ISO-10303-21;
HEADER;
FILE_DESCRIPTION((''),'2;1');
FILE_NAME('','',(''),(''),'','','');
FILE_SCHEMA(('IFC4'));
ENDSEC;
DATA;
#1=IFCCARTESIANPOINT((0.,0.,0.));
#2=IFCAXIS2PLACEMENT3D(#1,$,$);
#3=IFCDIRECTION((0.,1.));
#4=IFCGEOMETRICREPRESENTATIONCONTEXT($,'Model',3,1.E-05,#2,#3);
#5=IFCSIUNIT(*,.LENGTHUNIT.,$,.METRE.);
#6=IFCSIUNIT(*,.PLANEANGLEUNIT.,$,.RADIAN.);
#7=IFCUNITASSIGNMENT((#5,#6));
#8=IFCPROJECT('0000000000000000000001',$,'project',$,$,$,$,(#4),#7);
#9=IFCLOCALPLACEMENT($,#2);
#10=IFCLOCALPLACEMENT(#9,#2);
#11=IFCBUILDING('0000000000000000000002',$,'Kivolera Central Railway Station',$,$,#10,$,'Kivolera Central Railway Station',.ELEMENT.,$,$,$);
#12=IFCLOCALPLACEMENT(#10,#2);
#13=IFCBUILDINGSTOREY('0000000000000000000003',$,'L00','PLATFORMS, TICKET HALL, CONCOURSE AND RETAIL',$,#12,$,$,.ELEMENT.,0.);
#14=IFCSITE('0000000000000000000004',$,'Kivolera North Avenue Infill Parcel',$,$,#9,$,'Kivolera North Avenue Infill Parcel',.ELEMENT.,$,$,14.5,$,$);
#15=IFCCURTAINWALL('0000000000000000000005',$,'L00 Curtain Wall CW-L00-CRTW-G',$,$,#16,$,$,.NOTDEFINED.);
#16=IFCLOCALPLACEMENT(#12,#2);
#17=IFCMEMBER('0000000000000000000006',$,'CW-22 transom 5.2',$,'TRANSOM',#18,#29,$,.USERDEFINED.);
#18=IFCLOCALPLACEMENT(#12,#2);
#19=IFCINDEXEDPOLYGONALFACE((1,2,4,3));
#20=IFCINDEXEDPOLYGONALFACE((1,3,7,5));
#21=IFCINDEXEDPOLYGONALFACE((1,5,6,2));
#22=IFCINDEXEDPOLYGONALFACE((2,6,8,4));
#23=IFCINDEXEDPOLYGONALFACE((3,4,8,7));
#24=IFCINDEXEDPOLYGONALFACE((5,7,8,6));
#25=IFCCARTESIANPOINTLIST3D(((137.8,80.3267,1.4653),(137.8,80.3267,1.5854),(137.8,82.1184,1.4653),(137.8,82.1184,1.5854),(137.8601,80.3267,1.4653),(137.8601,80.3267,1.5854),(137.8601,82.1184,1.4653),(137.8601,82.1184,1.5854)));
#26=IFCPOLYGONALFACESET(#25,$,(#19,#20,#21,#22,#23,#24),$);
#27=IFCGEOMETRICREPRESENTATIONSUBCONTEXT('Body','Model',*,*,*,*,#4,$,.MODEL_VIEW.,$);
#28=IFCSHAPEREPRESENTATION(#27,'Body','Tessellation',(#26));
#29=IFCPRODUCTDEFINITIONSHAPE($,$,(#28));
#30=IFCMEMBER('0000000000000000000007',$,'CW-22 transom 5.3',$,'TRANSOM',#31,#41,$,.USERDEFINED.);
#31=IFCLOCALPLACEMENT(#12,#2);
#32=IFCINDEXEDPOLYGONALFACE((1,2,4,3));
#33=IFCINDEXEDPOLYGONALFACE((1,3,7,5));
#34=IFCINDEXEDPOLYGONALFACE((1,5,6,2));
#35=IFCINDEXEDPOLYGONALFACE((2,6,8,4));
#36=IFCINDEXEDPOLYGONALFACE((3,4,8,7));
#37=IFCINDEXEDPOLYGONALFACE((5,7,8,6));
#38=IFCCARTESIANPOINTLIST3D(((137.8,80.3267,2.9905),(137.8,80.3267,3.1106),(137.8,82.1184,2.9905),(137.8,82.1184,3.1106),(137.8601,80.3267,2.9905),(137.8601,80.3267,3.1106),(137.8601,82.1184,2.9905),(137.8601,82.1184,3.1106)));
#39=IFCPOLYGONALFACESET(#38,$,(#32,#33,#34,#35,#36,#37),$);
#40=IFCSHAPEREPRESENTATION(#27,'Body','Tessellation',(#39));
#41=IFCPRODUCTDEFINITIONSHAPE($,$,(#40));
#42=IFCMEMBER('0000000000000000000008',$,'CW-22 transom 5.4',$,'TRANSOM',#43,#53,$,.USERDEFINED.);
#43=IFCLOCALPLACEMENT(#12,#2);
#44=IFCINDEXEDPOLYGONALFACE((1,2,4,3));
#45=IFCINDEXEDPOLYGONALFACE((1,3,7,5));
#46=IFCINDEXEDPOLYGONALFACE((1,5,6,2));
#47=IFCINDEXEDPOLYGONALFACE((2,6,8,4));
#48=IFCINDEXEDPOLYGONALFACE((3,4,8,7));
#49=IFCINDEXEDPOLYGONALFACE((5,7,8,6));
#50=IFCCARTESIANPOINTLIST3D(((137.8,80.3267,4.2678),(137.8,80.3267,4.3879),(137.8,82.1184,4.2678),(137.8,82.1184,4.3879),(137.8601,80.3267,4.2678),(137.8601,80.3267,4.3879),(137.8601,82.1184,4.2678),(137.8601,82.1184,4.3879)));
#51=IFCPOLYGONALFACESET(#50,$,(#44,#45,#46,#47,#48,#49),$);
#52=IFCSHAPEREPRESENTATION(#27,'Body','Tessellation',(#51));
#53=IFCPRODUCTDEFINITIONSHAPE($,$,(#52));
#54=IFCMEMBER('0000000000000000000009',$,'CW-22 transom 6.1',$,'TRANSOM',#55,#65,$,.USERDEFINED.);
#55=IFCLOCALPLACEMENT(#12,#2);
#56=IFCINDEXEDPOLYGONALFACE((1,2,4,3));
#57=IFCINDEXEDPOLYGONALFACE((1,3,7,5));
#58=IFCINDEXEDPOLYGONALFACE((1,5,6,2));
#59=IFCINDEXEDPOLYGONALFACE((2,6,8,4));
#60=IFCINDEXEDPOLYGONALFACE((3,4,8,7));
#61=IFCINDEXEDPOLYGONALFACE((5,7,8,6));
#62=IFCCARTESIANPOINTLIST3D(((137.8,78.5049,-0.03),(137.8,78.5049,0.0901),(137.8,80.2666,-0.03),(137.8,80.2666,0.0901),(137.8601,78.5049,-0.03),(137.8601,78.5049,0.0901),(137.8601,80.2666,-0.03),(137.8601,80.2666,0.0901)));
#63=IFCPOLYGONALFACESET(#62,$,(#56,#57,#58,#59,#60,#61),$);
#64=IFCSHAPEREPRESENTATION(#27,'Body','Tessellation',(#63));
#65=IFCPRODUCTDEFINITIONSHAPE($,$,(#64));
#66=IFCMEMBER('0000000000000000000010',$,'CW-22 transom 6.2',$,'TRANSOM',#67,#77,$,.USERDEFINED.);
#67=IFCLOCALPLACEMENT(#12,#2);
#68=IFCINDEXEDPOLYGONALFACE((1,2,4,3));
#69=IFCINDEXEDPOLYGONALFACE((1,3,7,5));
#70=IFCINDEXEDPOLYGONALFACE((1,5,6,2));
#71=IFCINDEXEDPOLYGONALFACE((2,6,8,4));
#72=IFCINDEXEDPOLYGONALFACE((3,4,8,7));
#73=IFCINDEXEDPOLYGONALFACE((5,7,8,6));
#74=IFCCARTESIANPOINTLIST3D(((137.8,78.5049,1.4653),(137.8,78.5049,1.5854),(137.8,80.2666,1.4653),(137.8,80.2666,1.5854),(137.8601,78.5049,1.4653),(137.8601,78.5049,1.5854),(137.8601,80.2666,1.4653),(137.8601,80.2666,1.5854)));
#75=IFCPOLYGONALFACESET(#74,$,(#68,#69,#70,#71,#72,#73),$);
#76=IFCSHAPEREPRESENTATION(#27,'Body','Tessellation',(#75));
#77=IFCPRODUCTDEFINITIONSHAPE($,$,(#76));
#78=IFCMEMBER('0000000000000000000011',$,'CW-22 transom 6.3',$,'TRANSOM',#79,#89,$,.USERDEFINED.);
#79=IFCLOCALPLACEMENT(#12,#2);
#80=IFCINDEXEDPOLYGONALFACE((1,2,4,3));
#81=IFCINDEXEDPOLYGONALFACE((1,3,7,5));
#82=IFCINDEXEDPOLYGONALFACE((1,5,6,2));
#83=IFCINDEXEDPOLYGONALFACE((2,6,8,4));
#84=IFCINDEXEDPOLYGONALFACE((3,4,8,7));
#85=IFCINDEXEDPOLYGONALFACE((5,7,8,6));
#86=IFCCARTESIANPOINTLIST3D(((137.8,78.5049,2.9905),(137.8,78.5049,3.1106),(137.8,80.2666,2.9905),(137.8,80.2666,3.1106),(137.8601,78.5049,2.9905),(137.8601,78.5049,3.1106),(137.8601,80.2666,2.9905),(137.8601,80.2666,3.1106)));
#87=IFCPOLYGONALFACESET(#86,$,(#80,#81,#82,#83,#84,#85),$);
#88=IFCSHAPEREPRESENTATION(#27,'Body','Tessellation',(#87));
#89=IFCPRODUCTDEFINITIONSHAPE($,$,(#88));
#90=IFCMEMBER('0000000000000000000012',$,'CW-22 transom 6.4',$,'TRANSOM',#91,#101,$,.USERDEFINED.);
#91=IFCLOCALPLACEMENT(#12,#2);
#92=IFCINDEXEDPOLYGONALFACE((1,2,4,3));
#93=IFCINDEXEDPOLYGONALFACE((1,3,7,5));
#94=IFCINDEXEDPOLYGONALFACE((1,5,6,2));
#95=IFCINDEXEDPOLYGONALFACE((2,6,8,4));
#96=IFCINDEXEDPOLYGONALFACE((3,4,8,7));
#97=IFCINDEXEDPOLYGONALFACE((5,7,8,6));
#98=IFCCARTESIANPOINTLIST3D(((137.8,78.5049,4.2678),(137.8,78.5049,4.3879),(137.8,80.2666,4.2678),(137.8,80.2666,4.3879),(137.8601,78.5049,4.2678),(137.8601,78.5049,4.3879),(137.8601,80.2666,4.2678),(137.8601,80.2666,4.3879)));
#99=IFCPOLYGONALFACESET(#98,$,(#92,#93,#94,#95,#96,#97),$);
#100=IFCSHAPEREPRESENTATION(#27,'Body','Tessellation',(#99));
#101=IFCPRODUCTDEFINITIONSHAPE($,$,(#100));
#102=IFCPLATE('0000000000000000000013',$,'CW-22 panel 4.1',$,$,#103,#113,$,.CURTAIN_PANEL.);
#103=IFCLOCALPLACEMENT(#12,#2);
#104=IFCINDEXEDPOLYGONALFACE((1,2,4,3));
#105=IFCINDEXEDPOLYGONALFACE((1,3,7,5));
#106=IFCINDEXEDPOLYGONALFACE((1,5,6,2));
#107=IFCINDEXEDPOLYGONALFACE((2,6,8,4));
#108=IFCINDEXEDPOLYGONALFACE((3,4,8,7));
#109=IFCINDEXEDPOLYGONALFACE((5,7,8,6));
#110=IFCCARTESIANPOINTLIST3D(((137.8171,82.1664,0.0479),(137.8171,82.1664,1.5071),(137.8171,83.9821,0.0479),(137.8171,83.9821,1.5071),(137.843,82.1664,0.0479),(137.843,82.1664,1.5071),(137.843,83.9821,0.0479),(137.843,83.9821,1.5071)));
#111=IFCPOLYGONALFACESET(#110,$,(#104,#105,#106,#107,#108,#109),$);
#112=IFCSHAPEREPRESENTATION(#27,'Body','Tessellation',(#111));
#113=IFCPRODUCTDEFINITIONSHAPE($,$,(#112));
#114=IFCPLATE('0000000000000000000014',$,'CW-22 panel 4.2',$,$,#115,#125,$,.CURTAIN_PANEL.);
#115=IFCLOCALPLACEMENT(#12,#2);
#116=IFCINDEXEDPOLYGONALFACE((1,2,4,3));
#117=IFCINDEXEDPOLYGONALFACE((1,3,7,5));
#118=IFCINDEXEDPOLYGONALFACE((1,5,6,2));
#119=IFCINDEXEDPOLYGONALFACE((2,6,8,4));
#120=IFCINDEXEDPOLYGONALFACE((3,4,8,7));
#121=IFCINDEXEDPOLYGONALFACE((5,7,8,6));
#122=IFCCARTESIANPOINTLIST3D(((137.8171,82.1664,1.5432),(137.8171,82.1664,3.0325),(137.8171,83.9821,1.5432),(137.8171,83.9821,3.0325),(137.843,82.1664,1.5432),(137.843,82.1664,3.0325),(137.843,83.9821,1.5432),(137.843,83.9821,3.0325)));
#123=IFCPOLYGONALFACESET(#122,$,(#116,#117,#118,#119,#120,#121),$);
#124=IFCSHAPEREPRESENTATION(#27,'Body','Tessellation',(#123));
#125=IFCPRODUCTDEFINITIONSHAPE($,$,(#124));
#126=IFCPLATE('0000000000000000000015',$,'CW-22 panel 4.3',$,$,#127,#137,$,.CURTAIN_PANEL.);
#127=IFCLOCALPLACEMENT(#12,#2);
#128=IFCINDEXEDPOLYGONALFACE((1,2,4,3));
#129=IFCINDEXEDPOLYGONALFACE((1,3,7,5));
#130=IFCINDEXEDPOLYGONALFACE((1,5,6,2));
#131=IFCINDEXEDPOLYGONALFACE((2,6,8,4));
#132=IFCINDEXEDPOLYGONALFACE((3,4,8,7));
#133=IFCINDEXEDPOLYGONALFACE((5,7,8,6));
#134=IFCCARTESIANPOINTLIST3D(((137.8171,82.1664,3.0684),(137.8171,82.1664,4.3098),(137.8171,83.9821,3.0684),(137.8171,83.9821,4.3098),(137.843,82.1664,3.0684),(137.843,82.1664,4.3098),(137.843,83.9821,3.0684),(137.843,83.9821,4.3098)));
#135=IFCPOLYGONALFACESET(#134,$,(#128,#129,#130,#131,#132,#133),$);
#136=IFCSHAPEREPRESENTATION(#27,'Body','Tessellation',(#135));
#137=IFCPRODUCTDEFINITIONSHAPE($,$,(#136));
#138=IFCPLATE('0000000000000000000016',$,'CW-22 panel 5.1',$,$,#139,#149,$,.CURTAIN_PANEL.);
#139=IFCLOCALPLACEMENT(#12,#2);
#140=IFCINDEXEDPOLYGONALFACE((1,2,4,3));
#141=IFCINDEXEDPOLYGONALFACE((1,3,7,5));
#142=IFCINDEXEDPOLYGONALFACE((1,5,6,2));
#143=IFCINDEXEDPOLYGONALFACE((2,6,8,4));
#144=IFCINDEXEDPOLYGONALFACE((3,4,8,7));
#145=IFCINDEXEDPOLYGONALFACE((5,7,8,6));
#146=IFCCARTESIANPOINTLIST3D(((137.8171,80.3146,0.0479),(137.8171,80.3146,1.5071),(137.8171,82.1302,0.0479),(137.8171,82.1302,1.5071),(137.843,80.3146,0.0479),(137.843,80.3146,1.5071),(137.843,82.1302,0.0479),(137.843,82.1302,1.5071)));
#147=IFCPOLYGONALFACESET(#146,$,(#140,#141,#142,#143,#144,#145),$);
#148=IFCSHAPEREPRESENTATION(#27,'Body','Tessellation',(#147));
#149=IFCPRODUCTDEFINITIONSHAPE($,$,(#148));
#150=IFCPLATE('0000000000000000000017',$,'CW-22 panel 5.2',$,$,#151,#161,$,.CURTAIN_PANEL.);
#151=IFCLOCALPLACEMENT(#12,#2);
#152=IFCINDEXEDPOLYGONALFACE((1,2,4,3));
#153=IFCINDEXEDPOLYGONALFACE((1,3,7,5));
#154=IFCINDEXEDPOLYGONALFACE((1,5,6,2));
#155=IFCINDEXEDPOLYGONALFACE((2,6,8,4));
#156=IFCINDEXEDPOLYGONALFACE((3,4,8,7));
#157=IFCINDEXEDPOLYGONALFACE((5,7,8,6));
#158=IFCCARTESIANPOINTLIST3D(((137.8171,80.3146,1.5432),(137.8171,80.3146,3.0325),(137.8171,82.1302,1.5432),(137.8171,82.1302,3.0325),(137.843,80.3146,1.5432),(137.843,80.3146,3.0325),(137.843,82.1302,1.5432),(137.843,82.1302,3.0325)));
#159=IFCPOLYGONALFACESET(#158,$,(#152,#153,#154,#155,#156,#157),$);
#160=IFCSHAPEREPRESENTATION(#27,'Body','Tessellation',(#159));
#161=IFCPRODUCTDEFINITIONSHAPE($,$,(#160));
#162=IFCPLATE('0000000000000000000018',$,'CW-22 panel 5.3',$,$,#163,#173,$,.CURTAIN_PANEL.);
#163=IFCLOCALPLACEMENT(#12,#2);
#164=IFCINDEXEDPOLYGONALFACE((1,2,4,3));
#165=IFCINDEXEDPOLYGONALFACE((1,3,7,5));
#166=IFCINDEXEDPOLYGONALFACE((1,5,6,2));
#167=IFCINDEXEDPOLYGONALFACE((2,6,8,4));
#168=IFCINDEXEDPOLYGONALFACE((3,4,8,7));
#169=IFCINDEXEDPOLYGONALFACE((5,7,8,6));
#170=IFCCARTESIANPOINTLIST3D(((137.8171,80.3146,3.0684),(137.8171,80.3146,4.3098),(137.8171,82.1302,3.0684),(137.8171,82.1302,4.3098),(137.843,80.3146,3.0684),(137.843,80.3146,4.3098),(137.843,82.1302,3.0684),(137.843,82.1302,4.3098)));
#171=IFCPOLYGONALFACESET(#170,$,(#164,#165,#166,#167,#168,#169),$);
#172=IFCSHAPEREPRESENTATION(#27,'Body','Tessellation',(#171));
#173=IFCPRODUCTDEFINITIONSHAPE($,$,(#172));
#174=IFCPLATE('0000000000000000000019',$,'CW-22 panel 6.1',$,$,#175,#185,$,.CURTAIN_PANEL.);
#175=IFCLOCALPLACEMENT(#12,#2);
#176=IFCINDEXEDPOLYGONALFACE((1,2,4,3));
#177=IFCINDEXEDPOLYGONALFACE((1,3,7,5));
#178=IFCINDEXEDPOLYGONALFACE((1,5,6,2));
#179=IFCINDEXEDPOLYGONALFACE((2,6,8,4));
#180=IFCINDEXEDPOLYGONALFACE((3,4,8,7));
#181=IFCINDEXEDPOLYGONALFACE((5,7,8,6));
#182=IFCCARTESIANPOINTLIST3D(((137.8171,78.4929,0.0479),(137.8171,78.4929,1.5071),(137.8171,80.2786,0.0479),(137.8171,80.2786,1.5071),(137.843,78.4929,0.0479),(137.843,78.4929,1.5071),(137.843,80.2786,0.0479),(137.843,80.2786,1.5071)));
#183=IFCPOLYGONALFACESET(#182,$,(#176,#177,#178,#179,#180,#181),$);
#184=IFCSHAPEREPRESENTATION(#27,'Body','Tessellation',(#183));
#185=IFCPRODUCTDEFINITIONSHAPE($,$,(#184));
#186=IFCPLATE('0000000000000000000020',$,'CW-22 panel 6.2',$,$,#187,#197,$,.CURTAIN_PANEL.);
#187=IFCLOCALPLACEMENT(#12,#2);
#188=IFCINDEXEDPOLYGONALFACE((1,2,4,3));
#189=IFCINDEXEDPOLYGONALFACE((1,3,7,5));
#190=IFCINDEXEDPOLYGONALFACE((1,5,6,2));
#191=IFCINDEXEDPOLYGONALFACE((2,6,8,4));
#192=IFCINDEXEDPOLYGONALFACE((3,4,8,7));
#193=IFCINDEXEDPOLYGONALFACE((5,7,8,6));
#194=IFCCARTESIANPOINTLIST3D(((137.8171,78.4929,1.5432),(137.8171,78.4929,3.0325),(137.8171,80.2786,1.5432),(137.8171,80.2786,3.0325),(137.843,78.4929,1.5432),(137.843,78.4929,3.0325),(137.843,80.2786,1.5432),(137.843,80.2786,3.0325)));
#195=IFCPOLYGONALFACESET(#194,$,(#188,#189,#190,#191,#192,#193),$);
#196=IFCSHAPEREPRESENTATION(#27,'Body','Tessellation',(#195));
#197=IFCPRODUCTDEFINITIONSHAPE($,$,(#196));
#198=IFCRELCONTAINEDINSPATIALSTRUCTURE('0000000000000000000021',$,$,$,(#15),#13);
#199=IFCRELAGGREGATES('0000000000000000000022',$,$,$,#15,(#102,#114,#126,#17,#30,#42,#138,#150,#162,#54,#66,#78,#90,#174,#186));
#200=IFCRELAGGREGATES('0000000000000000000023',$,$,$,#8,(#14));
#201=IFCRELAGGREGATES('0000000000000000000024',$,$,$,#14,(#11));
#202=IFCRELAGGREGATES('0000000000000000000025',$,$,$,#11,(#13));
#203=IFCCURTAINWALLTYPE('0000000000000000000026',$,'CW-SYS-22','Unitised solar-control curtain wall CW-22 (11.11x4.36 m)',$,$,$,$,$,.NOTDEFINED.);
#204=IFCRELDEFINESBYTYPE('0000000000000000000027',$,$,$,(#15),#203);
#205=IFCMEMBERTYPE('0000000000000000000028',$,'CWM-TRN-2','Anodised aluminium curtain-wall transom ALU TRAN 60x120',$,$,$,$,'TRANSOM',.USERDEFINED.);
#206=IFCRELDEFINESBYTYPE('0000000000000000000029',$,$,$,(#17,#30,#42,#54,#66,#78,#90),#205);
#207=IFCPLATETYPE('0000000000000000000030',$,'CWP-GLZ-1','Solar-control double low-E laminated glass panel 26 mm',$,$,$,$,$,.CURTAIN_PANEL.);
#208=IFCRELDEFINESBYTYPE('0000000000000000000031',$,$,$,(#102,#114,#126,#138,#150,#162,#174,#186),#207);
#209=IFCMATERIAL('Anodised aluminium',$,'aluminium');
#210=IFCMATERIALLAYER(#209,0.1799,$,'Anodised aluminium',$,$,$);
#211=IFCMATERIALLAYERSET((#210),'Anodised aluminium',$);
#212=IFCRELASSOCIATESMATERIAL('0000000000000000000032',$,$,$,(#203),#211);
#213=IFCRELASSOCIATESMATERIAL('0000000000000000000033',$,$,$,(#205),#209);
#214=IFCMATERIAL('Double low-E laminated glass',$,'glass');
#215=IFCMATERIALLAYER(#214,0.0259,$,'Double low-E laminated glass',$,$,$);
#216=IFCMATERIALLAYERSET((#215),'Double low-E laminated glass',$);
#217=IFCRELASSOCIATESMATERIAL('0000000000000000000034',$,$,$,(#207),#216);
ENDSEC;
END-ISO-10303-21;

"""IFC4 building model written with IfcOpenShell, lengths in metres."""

from ifc_helpers import new_model, si_unit, direction, frame, origin, origin_2d, place, context, subcontext, project, spatial, rectangle, extrude, material, layer, layer_set, material_profile, profile_set, type_object, element, aggregate, save


model = new_model("IFC4")

# Units and contexts
model_context = context("Model", 3, precision=1e-05, world=origin(), true_north=direction((0.0, 1.0)))
body_context = subcontext(model_context, "Body", "Model", "MODEL_VIEW")
ifc_project = project(units=[si_unit("LENGTHUNIT", "METRE"), si_unit("PLANEANGLEUNIT", "RADIAN")], contexts=[model_context])

# Site, building, storey
site_placement = place(None, origin())
site = spatial("IfcSite", under=ifc_project, at=site_placement, Name="Kivolera North Avenue Infill Parcel", LongName="Kivolera North Avenue Infill Parcel", CompositionType="ELEMENT", RefElevation=14.5)
building_placement = place(site_placement, origin())
building = spatial("IfcBuilding", under=site, at=building_placement, Name="Kivolera Central Railway Station", LongName="Kivolera Central Railway Station", CompositionType="ELEMENT")
storey_placement = place(building_placement, origin())
storey = spatial("IfcBuildingStorey", under=building, at=storey_placement, Name="L00", Description="PLATFORMS, TICKET HALL, CONCOURSE AND RETAIL", CompositionType="ELEMENT", Elevation=0.0)

# Curtain wall, members, plates
ifc_material_1 = material(Name="Anodised aluminium", Category="aluminium")
ifc_layer_1 = layer(ifc_material_1, 0.1799, Name="Anodised aluminium")
ifc_layer_set_1 = layer_set([ifc_layer_1], Name="Anodised aluminium")
curtain_wall_type = type_object("IfcCurtainWallType", Name="CW-SYS-22", Description="Unitised solar-control curtain wall CW-22 (11.11x4.36 m)", PredefinedType="NOTDEFINED", material=ifc_layer_set_1)
curtain_wall_placement = place(storey_placement, origin())
curtain_wall = element("IfcCurtainWall", 1, at=curtain_wall_placement, inside=storey, type_object=curtain_wall_type, Name="L00 Curtain Wall CW-L00-CRTW-G", PredefinedType="NOTDEFINED")
ifc_material_profile_1 = material_profile(ifc_material_1, rectangle(XDim=0.0601, YDim=0.1201, at=origin_2d()), Name="ALU TRAN 60x120")
ifc_profile_set_1 = profile_set([ifc_material_profile_1], Name="Anodised aluminium")
member_type_1 = type_object("IfcMemberType", Name="CWM-TRN-2", Description="Anodised aluminium curtain-wall transom ALU TRAN 60x120", ElementType="TRANSOM", PredefinedType="USERDEFINED", material=ifc_profile_set_1)
member_1_placement = place(storey_placement, frame((137.8301, 82.1184, 1.5254), z_axis=(0.0, -1.0, 0.0), x_axis=(1.0, 0.0, 0.0)))
member_1 = element("IfcMember", 2, at=member_1_placement, type_object=member_type_1, Name="CW-22 transom 5.2", ObjectType="TRANSOM", PredefinedType="USERDEFINED", context=body_context, shape_type="SweptSolid", body=[
    extrude(rectangle(XDim=0.0601, YDim=0.1201, at=origin_2d()), origin(), (0.0, 0.0, 1.0), 1.7917),
])
member_2_placement = place(storey_placement, frame((137.8301, 82.1184, 3.0505), z_axis=(0.0, -1.0, 0.0), x_axis=(1.0, 0.0, 0.0)))
member_2 = element("IfcMember", 3, at=member_2_placement, type_object=member_type_1, Name="CW-22 transom 5.3", ObjectType="TRANSOM", PredefinedType="USERDEFINED", context=body_context, shape_type="SweptSolid", body=[
    extrude(rectangle(XDim=0.0601, YDim=0.1201, at=origin_2d()), origin(), (0.0, 0.0, 1.0), 1.7917),
])
member_3_placement = place(storey_placement, frame((137.8301, 82.1184, 4.3279), z_axis=(0.0, -1.0, 0.0), x_axis=(1.0, 0.0, 0.0)))
member_3 = element("IfcMember", 4, at=member_3_placement, type_object=member_type_1, Name="CW-22 transom 5.4", ObjectType="TRANSOM", PredefinedType="USERDEFINED", context=body_context, shape_type="SweptSolid", body=[
    extrude(rectangle(XDim=0.0601, YDim=0.1201, at=origin_2d()), origin(), (0.0, 0.0, 1.0), 1.7917),
])
member_4_placement = place(storey_placement, frame((137.8301, 80.2666, 0.03), z_axis=(0.0, -1.0, 0.0), x_axis=(1.0, 0.0, 0.0)))
member_4 = element("IfcMember", 5, at=member_4_placement, type_object=member_type_1, Name="CW-22 transom 6.1", ObjectType="TRANSOM", PredefinedType="USERDEFINED", context=body_context, shape_type="SweptSolid", body=[
    extrude(rectangle(XDim=0.0601, YDim=0.1201, at=origin_2d()), origin(), (0.0, 0.0, 1.0), 1.7617),
])
member_5_placement = place(storey_placement, frame((137.8301, 80.2666, 1.5254), z_axis=(0.0, -1.0, 0.0), x_axis=(1.0, 0.0, 0.0)))
member_5 = element("IfcMember", 6, at=member_5_placement, type_object=member_type_1, Name="CW-22 transom 6.2", ObjectType="TRANSOM", PredefinedType="USERDEFINED", context=body_context, shape_type="SweptSolid", body=[
    extrude(rectangle(XDim=0.0601, YDim=0.1201, at=origin_2d()), origin(), (0.0, 0.0, 1.0), 1.7617),
])
member_6_placement = place(storey_placement, frame((137.8301, 80.2666, 3.0505), z_axis=(0.0, -1.0, 0.0), x_axis=(1.0, 0.0, 0.0)))
member_6 = element("IfcMember", 7, at=member_6_placement, type_object=member_type_1, Name="CW-22 transom 6.3", ObjectType="TRANSOM", PredefinedType="USERDEFINED", context=body_context, shape_type="SweptSolid", body=[
    extrude(rectangle(XDim=0.0601, YDim=0.1201, at=origin_2d()), origin(), (0.0, 0.0, 1.0), 1.7617),
])
member_7_placement = place(storey_placement, frame((137.8301, 80.2666, 4.3279), z_axis=(0.0, -1.0, 0.0), x_axis=(1.0, 0.0, 0.0)))
member_7 = element("IfcMember", 8, at=member_7_placement, type_object=member_type_1, Name="CW-22 transom 6.4", ObjectType="TRANSOM", PredefinedType="USERDEFINED", context=body_context, shape_type="SweptSolid", body=[
    extrude(rectangle(XDim=0.0601, YDim=0.1201, at=origin_2d()), origin(), (0.0, 0.0, 1.0), 1.7617),
])
ifc_material_2 = material(Name="Double low-E laminated glass", Category="glass")
ifc_layer_2 = layer(ifc_material_2, 0.0259, Name="Double low-E laminated glass")
ifc_layer_set_2 = layer_set([ifc_layer_2], Name="Double low-E laminated glass")
plate_type = type_object("IfcPlateType", Name="CWP-GLZ-1", Description="Solar-control double low-E laminated glass panel 26 mm", PredefinedType="CURTAIN_PANEL", material=ifc_layer_set_2)
plate_1_placement = place(storey_placement, frame((137.8301, 83.0742, 0.0479), z_axis=(0.0, 0.0, 1.0), x_axis=(0.0, -1.0, 0.0)))
plate_1 = element("IfcPlate", 9, at=plate_1_placement, type_object=plate_type, Name="CW-22 panel 4.1", PredefinedType="CURTAIN_PANEL", context=body_context, shape_type="SweptSolid", body=[
    extrude(rectangle(XDim=1.8157, YDim=0.0259, at=origin_2d()), origin(), (0.0, 0.0, 1.0), 1.4592),
])
plate_2_placement = place(storey_placement, frame((137.8301, 83.0742, 1.5432), z_axis=(0.0, 0.0, 1.0), x_axis=(0.0, -1.0, 0.0)))
plate_2 = element("IfcPlate", 10, at=plate_2_placement, type_object=plate_type, Name="CW-22 panel 4.2", PredefinedType="CURTAIN_PANEL", context=body_context, shape_type="SweptSolid", body=[
    extrude(rectangle(XDim=1.8157, YDim=0.0259, at=origin_2d()), origin(), (0.0, 0.0, 1.0), 1.4893),
])
plate_3_placement = place(storey_placement, frame((137.8301, 83.0742, 3.0684), z_axis=(0.0, 0.0, 1.0), x_axis=(0.0, -1.0, 0.0)))
plate_3 = element("IfcPlate", 11, at=plate_3_placement, type_object=plate_type, Name="CW-22 panel 4.3", PredefinedType="CURTAIN_PANEL", context=body_context, shape_type="SweptSolid", body=[
    extrude(rectangle(XDim=1.8157, YDim=0.0259, at=origin_2d()), origin(), (0.0, 0.0, 1.0), 1.2415),
])
plate_4_placement = place(storey_placement, frame((137.8301, 81.2224, 0.0479), z_axis=(0.0, 0.0, 1.0), x_axis=(0.0, -1.0, 0.0)))
plate_4 = element("IfcPlate", 12, at=plate_4_placement, type_object=plate_type, Name="CW-22 panel 5.1", PredefinedType="CURTAIN_PANEL", context=body_context, shape_type="SweptSolid", body=[
    extrude(rectangle(XDim=1.8157, YDim=0.0259, at=origin_2d()), origin(), (0.0, 0.0, 1.0), 1.4592),
])
plate_5_placement = place(storey_placement, frame((137.8301, 81.2224, 1.5432), z_axis=(0.0, 0.0, 1.0), x_axis=(0.0, -1.0, 0.0)))
plate_5 = element("IfcPlate", 13, at=plate_5_placement, type_object=plate_type, Name="CW-22 panel 5.2", PredefinedType="CURTAIN_PANEL", context=body_context, shape_type="SweptSolid", body=[
    extrude(rectangle(XDim=1.8157, YDim=0.0259, at=origin_2d()), origin(), (0.0, 0.0, 1.0), 1.4893),
])
plate_6_placement = place(storey_placement, frame((137.8301, 81.2224, 3.0684), z_axis=(0.0, 0.0, 1.0), x_axis=(0.0, -1.0, 0.0)))
plate_6 = element("IfcPlate", 14, at=plate_6_placement, type_object=plate_type, Name="CW-22 panel 5.3", PredefinedType="CURTAIN_PANEL", context=body_context, shape_type="SweptSolid", body=[
    extrude(rectangle(XDim=1.8157, YDim=0.0259, at=origin_2d()), origin(), (0.0, 0.0, 1.0), 1.2415),
])
plate_7_placement = place(storey_placement, frame((137.8301, 79.3857, 0.0479), z_axis=(0.0, 0.0, 1.0), x_axis=(0.0, -1.0, 0.0)))
plate_7 = element("IfcPlate", 15, at=plate_7_placement, type_object=plate_type, Name="CW-22 panel 6.1", PredefinedType="CURTAIN_PANEL", context=body_context, shape_type="SweptSolid", body=[
    extrude(rectangle(XDim=1.7856, YDim=0.0259, at=origin_2d()), origin(), (0.0, 0.0, 1.0), 1.4592),
])
plate_8_placement = place(storey_placement, frame((137.8301, 79.3857, 1.5432), z_axis=(0.0, 0.0, 1.0), x_axis=(0.0, -1.0, 0.0)))
plate_8 = element("IfcPlate", 16, at=plate_8_placement, type_object=plate_type, Name="CW-22 panel 6.2", PredefinedType="CURTAIN_PANEL", context=body_context, shape_type="SweptSolid", body=[
    extrude(rectangle(XDim=1.7856, YDim=0.0259, at=origin_2d()), origin(), (0.0, 0.0, 1.0), 1.4893),
])
aggregate(curtain_wall, [plate_1, plate_2, plate_3, member_1, member_2, member_3, plate_4, plate_5, plate_6, member_4, member_5, member_6, member_7, plate_7, plate_8])

save(model, "model.ifc")
